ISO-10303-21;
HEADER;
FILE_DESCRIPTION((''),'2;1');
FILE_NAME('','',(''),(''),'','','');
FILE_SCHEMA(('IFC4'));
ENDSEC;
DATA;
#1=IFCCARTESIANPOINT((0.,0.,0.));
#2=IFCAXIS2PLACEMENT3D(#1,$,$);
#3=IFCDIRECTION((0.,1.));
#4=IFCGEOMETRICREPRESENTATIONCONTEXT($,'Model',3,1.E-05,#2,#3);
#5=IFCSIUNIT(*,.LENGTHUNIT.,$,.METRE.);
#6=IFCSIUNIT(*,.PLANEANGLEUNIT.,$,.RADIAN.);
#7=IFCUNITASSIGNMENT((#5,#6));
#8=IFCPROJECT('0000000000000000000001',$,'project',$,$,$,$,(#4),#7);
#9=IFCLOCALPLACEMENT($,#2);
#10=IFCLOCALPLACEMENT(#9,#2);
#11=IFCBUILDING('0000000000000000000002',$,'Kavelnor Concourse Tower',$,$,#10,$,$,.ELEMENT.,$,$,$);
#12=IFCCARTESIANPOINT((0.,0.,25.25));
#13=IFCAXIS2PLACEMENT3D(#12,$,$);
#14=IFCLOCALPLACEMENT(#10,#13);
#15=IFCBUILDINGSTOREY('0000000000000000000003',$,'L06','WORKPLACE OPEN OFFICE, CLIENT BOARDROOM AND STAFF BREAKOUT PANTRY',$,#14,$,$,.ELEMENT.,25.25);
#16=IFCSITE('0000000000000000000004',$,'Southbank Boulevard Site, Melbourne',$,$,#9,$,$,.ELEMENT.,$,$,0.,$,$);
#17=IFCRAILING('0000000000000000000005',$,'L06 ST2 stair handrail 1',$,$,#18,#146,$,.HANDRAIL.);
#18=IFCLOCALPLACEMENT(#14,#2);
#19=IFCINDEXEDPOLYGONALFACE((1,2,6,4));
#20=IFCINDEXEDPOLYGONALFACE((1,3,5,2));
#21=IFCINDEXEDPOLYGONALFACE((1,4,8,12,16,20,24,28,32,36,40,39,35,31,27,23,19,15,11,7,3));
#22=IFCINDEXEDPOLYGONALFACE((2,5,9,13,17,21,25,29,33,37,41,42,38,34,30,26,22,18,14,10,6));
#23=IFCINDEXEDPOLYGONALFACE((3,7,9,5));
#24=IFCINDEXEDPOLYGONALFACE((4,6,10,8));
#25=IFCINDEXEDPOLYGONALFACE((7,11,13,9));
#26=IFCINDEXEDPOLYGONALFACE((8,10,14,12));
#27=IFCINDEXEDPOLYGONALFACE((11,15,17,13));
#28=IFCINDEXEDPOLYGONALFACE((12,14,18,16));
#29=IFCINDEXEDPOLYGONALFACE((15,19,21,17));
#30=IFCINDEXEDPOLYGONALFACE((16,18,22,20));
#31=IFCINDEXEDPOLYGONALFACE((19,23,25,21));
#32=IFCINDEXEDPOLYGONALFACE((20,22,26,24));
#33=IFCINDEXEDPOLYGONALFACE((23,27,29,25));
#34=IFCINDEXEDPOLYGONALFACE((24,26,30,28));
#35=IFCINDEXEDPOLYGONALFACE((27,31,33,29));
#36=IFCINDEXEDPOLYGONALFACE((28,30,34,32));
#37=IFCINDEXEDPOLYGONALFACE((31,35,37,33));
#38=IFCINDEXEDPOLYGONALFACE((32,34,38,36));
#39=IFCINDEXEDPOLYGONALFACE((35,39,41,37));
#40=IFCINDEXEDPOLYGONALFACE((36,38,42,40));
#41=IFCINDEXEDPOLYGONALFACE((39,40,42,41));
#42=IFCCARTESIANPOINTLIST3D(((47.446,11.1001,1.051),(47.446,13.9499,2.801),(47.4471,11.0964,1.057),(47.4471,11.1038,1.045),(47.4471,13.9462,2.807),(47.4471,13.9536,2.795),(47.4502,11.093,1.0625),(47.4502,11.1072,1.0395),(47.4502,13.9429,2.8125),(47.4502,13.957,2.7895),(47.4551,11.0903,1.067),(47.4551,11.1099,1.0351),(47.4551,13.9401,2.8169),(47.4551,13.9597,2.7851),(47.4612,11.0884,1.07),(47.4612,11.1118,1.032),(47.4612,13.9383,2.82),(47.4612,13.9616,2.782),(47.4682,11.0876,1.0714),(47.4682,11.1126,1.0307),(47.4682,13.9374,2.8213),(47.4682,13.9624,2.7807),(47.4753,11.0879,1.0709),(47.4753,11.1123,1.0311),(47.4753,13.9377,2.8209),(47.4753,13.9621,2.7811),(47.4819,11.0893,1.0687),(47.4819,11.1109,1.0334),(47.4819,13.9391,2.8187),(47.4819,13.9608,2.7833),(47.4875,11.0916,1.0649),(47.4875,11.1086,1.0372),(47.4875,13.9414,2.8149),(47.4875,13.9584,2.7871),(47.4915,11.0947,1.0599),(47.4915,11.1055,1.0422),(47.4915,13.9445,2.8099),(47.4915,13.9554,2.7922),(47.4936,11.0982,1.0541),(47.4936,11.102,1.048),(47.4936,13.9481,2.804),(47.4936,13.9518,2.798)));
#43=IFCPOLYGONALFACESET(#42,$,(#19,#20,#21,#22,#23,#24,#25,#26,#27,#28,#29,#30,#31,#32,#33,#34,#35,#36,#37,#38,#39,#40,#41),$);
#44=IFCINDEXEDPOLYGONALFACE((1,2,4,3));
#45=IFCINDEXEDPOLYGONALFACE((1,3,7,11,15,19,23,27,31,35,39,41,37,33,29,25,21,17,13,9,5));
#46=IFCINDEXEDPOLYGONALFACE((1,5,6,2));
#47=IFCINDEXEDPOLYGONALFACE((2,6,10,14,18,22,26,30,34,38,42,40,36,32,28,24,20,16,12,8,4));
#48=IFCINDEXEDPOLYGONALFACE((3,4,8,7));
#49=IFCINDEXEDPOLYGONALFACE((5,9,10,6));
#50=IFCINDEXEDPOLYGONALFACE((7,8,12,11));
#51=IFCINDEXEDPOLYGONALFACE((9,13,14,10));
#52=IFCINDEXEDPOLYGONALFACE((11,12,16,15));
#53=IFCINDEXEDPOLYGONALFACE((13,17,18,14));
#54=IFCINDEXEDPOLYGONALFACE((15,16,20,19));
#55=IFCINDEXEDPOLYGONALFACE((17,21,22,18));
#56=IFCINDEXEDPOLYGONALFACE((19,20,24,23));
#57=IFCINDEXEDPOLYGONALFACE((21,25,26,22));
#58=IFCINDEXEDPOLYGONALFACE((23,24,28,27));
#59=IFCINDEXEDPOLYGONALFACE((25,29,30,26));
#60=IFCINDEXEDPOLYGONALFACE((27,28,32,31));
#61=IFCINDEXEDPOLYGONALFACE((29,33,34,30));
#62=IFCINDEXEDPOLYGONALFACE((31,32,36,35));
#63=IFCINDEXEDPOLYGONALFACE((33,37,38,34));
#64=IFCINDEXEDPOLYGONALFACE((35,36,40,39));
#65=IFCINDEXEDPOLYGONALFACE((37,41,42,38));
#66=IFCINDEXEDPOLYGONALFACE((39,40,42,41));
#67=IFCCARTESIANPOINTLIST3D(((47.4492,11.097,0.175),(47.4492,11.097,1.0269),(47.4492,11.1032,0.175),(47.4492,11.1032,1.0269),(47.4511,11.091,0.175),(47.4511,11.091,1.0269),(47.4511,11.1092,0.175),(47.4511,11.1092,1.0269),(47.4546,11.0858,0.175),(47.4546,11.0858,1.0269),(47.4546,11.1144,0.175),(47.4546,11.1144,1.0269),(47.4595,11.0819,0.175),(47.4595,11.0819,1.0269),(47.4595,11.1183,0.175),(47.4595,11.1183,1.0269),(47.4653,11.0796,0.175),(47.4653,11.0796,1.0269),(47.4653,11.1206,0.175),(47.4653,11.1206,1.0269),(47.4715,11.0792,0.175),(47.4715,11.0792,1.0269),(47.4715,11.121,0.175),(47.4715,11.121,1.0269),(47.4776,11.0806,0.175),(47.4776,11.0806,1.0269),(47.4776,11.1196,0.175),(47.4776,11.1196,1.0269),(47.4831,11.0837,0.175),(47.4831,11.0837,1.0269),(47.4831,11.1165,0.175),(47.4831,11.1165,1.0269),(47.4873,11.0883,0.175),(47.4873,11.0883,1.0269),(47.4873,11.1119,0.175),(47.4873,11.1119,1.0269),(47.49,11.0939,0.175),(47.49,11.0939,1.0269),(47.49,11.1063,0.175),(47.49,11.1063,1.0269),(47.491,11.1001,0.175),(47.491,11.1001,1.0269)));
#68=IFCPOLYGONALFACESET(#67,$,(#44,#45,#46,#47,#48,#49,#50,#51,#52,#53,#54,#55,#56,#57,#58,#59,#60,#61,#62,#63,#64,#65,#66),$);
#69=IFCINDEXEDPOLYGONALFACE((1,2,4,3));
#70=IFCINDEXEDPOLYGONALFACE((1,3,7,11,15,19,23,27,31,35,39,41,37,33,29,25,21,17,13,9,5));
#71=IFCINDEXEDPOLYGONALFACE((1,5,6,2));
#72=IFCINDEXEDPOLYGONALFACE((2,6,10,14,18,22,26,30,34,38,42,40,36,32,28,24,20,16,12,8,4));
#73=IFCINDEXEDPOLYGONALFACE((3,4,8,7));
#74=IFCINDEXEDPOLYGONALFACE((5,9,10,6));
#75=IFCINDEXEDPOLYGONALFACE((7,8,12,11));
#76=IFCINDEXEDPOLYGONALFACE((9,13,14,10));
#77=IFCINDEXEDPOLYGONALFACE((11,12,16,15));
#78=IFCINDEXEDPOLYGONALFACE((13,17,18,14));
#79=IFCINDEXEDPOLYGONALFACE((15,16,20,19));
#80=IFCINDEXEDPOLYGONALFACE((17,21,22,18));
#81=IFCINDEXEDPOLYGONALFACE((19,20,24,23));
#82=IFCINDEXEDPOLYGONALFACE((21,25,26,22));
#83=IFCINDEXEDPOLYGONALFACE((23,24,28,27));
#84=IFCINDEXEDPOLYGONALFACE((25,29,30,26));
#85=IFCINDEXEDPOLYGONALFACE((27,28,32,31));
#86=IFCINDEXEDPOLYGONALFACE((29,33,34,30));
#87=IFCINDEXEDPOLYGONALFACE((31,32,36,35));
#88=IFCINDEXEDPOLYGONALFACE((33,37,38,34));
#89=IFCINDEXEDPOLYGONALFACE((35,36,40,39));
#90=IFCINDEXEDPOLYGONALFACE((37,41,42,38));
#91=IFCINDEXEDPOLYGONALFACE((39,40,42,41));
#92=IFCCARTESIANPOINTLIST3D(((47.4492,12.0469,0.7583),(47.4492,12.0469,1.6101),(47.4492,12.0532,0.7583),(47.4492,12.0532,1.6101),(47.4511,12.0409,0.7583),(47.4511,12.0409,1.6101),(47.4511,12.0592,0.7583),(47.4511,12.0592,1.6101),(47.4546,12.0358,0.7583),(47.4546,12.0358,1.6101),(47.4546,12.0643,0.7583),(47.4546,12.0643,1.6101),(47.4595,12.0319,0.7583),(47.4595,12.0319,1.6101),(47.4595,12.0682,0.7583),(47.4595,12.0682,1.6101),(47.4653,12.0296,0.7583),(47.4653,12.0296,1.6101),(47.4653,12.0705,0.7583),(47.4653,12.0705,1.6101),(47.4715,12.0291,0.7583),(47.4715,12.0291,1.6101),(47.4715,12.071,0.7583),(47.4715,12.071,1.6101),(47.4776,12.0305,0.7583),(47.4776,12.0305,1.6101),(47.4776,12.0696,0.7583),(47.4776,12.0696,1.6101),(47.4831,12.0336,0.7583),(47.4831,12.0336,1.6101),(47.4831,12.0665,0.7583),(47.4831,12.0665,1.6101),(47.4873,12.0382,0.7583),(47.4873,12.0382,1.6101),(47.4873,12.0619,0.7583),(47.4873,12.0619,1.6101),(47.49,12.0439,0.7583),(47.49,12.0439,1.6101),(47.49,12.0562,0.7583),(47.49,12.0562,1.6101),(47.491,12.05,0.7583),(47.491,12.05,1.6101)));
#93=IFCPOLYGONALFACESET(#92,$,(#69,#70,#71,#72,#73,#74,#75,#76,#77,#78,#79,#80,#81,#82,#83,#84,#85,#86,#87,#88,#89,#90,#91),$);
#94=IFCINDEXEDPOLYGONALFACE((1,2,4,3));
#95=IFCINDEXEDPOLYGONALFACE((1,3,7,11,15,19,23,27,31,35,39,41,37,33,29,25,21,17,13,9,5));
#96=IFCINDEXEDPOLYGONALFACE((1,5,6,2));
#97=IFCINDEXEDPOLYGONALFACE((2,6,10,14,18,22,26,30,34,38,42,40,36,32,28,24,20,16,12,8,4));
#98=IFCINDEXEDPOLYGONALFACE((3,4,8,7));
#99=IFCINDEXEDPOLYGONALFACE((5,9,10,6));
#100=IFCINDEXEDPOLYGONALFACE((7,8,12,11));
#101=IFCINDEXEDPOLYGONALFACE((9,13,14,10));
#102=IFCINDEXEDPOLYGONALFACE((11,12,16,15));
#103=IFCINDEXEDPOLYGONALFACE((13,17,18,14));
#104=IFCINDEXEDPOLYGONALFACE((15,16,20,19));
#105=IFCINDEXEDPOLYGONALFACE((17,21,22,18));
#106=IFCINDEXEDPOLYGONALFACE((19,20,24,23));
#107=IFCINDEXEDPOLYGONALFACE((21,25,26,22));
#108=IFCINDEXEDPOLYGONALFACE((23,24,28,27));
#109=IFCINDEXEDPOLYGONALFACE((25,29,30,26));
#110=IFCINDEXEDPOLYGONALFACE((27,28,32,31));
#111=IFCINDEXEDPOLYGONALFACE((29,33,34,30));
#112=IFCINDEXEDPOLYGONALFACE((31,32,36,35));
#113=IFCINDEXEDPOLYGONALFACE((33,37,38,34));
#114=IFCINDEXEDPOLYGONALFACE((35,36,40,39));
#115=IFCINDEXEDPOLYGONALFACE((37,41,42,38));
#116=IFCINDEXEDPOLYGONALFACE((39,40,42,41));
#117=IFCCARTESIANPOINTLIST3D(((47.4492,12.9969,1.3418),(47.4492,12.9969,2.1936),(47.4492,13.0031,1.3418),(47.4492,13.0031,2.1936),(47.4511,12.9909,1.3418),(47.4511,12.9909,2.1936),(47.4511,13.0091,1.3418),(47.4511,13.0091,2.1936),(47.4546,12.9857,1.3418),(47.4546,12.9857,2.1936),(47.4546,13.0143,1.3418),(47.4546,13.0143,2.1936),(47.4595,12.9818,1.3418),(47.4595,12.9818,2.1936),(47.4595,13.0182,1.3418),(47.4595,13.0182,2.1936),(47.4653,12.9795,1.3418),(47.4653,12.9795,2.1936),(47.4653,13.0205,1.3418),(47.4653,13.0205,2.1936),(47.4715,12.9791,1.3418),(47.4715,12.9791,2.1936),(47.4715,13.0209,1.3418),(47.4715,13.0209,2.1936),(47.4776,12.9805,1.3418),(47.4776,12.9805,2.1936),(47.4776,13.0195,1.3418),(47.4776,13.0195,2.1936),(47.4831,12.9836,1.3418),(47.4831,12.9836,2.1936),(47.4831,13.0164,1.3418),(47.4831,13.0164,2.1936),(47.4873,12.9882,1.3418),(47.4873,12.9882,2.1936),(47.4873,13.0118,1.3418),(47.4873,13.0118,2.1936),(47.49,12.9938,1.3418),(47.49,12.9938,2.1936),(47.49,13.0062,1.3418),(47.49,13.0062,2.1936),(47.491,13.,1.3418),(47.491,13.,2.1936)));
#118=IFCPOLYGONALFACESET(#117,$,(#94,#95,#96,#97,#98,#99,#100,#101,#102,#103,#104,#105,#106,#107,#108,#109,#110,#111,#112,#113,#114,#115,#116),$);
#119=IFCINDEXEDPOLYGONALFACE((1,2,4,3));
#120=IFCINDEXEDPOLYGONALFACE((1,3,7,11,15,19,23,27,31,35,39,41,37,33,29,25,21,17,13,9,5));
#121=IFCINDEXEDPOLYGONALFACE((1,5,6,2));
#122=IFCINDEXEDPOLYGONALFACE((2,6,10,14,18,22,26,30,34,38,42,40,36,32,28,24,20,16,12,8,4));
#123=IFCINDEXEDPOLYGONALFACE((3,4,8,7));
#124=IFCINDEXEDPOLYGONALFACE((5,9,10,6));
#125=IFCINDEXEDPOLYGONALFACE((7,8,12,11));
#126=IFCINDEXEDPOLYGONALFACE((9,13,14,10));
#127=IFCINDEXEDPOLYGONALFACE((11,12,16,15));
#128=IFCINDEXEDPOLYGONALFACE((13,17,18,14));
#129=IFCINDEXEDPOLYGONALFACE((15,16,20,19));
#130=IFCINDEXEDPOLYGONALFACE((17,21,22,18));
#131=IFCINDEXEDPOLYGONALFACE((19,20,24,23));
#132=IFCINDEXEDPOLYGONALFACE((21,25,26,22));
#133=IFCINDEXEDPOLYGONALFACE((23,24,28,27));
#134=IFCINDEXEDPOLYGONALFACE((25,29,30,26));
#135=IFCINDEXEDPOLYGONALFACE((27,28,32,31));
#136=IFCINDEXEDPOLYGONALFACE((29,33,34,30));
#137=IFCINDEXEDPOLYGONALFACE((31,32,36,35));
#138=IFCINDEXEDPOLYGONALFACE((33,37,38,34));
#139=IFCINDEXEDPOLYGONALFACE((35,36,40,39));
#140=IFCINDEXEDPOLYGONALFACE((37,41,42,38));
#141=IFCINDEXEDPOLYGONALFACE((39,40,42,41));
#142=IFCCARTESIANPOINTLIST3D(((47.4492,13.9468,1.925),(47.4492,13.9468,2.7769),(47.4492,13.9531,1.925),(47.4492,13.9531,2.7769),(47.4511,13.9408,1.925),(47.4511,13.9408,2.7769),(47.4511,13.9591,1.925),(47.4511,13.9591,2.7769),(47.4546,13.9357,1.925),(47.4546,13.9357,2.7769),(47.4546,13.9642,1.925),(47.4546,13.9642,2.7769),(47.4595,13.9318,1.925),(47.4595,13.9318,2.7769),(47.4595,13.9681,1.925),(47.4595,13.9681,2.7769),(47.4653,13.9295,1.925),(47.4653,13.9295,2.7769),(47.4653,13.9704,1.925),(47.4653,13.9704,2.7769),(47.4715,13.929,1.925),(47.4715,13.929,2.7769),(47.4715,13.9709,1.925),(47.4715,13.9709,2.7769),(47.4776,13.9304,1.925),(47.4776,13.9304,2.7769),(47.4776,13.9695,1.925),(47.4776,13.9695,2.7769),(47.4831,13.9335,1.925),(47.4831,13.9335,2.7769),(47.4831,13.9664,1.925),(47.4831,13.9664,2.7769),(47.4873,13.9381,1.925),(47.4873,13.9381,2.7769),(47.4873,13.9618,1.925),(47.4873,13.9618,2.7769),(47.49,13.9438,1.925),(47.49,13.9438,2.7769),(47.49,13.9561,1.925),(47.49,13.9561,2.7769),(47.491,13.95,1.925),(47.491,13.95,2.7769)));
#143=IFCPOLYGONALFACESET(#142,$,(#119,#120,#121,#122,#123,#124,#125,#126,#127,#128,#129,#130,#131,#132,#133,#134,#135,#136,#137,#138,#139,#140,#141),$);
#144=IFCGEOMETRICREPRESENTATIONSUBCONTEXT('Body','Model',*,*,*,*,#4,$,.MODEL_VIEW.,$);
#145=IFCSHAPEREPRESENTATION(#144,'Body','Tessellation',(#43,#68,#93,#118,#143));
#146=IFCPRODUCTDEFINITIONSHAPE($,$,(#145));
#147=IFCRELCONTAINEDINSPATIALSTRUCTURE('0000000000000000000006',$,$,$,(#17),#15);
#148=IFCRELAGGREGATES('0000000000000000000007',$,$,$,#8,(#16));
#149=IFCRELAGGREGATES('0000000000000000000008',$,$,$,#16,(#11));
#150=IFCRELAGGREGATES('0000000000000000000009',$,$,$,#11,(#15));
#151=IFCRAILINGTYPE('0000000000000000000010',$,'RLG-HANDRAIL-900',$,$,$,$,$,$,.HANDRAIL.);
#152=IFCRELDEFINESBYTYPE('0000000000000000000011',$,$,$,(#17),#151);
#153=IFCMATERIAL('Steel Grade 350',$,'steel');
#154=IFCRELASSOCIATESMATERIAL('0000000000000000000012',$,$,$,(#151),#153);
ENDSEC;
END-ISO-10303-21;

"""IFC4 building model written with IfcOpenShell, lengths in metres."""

from ifc_helpers import new_model, si_unit, direction, frame, origin, origin_2d, place, context, subcontext, project, spatial, circle, extrude, material, type_object, element, save


model = new_model("IFC4")

# Units and contexts
model_context = context("Model", 3, precision=1e-05, world=origin(), true_north=direction((0.0, 1.0)))
body_context = subcontext(model_context, "Body", "Model", "MODEL_VIEW")
ifc_project = project(units=[si_unit("LENGTHUNIT", "METRE"), si_unit("PLANEANGLEUNIT", "RADIAN")], contexts=[model_context])

# Site, building, storey
site_placement = place(None, origin())
site = spatial("IfcSite", under=ifc_project, at=site_placement, Name="Southbank Boulevard Site, Melbourne", CompositionType="ELEMENT", RefElevation=0.0)
building_placement = place(site_placement, origin())
building = spatial("IfcBuilding", under=site, at=building_placement, Name="Kavelnor Concourse Tower", CompositionType="ELEMENT")
storey_placement = place(building_placement, frame((0.0, 0.0, 25.25)))
storey = spatial("IfcBuildingStorey", under=building, at=storey_placement, Name="L06", Description="WORKPLACE OPEN OFFICE, CLIENT BOARDROOM AND STAFF BREAKOUT PANTRY", CompositionType="ELEMENT", Elevation=25.25)

# Shared definitions
ifc_material_1 = material(Name="Steel Grade 350", Category="steel")

# Railing
railing_type_1 = type_object("IfcRailingType", Name="RLG-HANDRAIL-900", PredefinedType="HANDRAIL", material=ifc_material_1)
railing_1_placement = place(storey_placement, frame((47.47, 11.1001, 0.175)))
element("IfcRailing", 1, at=railing_1_placement, inside=storey, type_object=railing_type_1, Name="L06 ST2 stair handrail 1", PredefinedType="HANDRAIL", context=body_context, shape_type="SweptSolid", body=[
    extrude(circle(Radius=0.0239, at=origin_2d()), frame((0.0, 0.0, 0.876), z_axis=(0.0, 0.852159, 0.523283), x_axis=(-1.0, 0.0, 0.0)), (0.0, 0.0, 1.0), 3.3442),
    extrude(circle(Radius=0.021, at=origin_2d()), origin(), (0.0, 0.0, 1.0), 0.8518),
    extrude(circle(Radius=0.021, at=origin_2d()), frame((0.0, 0.95, 0.5833)), (0.0, 0.0, 1.0), 0.8518),
    extrude(circle(Radius=0.021, at=origin_2d()), frame((0.0, 1.8999, 1.1667)), (0.0, 0.0, 1.0), 0.8518),
    extrude(circle(Radius=0.021, at=origin_2d()), frame((0.0, 2.8499, 1.75)), (0.0, 0.0, 1.0), 0.8518),
])

save(model, "model.ifc")
